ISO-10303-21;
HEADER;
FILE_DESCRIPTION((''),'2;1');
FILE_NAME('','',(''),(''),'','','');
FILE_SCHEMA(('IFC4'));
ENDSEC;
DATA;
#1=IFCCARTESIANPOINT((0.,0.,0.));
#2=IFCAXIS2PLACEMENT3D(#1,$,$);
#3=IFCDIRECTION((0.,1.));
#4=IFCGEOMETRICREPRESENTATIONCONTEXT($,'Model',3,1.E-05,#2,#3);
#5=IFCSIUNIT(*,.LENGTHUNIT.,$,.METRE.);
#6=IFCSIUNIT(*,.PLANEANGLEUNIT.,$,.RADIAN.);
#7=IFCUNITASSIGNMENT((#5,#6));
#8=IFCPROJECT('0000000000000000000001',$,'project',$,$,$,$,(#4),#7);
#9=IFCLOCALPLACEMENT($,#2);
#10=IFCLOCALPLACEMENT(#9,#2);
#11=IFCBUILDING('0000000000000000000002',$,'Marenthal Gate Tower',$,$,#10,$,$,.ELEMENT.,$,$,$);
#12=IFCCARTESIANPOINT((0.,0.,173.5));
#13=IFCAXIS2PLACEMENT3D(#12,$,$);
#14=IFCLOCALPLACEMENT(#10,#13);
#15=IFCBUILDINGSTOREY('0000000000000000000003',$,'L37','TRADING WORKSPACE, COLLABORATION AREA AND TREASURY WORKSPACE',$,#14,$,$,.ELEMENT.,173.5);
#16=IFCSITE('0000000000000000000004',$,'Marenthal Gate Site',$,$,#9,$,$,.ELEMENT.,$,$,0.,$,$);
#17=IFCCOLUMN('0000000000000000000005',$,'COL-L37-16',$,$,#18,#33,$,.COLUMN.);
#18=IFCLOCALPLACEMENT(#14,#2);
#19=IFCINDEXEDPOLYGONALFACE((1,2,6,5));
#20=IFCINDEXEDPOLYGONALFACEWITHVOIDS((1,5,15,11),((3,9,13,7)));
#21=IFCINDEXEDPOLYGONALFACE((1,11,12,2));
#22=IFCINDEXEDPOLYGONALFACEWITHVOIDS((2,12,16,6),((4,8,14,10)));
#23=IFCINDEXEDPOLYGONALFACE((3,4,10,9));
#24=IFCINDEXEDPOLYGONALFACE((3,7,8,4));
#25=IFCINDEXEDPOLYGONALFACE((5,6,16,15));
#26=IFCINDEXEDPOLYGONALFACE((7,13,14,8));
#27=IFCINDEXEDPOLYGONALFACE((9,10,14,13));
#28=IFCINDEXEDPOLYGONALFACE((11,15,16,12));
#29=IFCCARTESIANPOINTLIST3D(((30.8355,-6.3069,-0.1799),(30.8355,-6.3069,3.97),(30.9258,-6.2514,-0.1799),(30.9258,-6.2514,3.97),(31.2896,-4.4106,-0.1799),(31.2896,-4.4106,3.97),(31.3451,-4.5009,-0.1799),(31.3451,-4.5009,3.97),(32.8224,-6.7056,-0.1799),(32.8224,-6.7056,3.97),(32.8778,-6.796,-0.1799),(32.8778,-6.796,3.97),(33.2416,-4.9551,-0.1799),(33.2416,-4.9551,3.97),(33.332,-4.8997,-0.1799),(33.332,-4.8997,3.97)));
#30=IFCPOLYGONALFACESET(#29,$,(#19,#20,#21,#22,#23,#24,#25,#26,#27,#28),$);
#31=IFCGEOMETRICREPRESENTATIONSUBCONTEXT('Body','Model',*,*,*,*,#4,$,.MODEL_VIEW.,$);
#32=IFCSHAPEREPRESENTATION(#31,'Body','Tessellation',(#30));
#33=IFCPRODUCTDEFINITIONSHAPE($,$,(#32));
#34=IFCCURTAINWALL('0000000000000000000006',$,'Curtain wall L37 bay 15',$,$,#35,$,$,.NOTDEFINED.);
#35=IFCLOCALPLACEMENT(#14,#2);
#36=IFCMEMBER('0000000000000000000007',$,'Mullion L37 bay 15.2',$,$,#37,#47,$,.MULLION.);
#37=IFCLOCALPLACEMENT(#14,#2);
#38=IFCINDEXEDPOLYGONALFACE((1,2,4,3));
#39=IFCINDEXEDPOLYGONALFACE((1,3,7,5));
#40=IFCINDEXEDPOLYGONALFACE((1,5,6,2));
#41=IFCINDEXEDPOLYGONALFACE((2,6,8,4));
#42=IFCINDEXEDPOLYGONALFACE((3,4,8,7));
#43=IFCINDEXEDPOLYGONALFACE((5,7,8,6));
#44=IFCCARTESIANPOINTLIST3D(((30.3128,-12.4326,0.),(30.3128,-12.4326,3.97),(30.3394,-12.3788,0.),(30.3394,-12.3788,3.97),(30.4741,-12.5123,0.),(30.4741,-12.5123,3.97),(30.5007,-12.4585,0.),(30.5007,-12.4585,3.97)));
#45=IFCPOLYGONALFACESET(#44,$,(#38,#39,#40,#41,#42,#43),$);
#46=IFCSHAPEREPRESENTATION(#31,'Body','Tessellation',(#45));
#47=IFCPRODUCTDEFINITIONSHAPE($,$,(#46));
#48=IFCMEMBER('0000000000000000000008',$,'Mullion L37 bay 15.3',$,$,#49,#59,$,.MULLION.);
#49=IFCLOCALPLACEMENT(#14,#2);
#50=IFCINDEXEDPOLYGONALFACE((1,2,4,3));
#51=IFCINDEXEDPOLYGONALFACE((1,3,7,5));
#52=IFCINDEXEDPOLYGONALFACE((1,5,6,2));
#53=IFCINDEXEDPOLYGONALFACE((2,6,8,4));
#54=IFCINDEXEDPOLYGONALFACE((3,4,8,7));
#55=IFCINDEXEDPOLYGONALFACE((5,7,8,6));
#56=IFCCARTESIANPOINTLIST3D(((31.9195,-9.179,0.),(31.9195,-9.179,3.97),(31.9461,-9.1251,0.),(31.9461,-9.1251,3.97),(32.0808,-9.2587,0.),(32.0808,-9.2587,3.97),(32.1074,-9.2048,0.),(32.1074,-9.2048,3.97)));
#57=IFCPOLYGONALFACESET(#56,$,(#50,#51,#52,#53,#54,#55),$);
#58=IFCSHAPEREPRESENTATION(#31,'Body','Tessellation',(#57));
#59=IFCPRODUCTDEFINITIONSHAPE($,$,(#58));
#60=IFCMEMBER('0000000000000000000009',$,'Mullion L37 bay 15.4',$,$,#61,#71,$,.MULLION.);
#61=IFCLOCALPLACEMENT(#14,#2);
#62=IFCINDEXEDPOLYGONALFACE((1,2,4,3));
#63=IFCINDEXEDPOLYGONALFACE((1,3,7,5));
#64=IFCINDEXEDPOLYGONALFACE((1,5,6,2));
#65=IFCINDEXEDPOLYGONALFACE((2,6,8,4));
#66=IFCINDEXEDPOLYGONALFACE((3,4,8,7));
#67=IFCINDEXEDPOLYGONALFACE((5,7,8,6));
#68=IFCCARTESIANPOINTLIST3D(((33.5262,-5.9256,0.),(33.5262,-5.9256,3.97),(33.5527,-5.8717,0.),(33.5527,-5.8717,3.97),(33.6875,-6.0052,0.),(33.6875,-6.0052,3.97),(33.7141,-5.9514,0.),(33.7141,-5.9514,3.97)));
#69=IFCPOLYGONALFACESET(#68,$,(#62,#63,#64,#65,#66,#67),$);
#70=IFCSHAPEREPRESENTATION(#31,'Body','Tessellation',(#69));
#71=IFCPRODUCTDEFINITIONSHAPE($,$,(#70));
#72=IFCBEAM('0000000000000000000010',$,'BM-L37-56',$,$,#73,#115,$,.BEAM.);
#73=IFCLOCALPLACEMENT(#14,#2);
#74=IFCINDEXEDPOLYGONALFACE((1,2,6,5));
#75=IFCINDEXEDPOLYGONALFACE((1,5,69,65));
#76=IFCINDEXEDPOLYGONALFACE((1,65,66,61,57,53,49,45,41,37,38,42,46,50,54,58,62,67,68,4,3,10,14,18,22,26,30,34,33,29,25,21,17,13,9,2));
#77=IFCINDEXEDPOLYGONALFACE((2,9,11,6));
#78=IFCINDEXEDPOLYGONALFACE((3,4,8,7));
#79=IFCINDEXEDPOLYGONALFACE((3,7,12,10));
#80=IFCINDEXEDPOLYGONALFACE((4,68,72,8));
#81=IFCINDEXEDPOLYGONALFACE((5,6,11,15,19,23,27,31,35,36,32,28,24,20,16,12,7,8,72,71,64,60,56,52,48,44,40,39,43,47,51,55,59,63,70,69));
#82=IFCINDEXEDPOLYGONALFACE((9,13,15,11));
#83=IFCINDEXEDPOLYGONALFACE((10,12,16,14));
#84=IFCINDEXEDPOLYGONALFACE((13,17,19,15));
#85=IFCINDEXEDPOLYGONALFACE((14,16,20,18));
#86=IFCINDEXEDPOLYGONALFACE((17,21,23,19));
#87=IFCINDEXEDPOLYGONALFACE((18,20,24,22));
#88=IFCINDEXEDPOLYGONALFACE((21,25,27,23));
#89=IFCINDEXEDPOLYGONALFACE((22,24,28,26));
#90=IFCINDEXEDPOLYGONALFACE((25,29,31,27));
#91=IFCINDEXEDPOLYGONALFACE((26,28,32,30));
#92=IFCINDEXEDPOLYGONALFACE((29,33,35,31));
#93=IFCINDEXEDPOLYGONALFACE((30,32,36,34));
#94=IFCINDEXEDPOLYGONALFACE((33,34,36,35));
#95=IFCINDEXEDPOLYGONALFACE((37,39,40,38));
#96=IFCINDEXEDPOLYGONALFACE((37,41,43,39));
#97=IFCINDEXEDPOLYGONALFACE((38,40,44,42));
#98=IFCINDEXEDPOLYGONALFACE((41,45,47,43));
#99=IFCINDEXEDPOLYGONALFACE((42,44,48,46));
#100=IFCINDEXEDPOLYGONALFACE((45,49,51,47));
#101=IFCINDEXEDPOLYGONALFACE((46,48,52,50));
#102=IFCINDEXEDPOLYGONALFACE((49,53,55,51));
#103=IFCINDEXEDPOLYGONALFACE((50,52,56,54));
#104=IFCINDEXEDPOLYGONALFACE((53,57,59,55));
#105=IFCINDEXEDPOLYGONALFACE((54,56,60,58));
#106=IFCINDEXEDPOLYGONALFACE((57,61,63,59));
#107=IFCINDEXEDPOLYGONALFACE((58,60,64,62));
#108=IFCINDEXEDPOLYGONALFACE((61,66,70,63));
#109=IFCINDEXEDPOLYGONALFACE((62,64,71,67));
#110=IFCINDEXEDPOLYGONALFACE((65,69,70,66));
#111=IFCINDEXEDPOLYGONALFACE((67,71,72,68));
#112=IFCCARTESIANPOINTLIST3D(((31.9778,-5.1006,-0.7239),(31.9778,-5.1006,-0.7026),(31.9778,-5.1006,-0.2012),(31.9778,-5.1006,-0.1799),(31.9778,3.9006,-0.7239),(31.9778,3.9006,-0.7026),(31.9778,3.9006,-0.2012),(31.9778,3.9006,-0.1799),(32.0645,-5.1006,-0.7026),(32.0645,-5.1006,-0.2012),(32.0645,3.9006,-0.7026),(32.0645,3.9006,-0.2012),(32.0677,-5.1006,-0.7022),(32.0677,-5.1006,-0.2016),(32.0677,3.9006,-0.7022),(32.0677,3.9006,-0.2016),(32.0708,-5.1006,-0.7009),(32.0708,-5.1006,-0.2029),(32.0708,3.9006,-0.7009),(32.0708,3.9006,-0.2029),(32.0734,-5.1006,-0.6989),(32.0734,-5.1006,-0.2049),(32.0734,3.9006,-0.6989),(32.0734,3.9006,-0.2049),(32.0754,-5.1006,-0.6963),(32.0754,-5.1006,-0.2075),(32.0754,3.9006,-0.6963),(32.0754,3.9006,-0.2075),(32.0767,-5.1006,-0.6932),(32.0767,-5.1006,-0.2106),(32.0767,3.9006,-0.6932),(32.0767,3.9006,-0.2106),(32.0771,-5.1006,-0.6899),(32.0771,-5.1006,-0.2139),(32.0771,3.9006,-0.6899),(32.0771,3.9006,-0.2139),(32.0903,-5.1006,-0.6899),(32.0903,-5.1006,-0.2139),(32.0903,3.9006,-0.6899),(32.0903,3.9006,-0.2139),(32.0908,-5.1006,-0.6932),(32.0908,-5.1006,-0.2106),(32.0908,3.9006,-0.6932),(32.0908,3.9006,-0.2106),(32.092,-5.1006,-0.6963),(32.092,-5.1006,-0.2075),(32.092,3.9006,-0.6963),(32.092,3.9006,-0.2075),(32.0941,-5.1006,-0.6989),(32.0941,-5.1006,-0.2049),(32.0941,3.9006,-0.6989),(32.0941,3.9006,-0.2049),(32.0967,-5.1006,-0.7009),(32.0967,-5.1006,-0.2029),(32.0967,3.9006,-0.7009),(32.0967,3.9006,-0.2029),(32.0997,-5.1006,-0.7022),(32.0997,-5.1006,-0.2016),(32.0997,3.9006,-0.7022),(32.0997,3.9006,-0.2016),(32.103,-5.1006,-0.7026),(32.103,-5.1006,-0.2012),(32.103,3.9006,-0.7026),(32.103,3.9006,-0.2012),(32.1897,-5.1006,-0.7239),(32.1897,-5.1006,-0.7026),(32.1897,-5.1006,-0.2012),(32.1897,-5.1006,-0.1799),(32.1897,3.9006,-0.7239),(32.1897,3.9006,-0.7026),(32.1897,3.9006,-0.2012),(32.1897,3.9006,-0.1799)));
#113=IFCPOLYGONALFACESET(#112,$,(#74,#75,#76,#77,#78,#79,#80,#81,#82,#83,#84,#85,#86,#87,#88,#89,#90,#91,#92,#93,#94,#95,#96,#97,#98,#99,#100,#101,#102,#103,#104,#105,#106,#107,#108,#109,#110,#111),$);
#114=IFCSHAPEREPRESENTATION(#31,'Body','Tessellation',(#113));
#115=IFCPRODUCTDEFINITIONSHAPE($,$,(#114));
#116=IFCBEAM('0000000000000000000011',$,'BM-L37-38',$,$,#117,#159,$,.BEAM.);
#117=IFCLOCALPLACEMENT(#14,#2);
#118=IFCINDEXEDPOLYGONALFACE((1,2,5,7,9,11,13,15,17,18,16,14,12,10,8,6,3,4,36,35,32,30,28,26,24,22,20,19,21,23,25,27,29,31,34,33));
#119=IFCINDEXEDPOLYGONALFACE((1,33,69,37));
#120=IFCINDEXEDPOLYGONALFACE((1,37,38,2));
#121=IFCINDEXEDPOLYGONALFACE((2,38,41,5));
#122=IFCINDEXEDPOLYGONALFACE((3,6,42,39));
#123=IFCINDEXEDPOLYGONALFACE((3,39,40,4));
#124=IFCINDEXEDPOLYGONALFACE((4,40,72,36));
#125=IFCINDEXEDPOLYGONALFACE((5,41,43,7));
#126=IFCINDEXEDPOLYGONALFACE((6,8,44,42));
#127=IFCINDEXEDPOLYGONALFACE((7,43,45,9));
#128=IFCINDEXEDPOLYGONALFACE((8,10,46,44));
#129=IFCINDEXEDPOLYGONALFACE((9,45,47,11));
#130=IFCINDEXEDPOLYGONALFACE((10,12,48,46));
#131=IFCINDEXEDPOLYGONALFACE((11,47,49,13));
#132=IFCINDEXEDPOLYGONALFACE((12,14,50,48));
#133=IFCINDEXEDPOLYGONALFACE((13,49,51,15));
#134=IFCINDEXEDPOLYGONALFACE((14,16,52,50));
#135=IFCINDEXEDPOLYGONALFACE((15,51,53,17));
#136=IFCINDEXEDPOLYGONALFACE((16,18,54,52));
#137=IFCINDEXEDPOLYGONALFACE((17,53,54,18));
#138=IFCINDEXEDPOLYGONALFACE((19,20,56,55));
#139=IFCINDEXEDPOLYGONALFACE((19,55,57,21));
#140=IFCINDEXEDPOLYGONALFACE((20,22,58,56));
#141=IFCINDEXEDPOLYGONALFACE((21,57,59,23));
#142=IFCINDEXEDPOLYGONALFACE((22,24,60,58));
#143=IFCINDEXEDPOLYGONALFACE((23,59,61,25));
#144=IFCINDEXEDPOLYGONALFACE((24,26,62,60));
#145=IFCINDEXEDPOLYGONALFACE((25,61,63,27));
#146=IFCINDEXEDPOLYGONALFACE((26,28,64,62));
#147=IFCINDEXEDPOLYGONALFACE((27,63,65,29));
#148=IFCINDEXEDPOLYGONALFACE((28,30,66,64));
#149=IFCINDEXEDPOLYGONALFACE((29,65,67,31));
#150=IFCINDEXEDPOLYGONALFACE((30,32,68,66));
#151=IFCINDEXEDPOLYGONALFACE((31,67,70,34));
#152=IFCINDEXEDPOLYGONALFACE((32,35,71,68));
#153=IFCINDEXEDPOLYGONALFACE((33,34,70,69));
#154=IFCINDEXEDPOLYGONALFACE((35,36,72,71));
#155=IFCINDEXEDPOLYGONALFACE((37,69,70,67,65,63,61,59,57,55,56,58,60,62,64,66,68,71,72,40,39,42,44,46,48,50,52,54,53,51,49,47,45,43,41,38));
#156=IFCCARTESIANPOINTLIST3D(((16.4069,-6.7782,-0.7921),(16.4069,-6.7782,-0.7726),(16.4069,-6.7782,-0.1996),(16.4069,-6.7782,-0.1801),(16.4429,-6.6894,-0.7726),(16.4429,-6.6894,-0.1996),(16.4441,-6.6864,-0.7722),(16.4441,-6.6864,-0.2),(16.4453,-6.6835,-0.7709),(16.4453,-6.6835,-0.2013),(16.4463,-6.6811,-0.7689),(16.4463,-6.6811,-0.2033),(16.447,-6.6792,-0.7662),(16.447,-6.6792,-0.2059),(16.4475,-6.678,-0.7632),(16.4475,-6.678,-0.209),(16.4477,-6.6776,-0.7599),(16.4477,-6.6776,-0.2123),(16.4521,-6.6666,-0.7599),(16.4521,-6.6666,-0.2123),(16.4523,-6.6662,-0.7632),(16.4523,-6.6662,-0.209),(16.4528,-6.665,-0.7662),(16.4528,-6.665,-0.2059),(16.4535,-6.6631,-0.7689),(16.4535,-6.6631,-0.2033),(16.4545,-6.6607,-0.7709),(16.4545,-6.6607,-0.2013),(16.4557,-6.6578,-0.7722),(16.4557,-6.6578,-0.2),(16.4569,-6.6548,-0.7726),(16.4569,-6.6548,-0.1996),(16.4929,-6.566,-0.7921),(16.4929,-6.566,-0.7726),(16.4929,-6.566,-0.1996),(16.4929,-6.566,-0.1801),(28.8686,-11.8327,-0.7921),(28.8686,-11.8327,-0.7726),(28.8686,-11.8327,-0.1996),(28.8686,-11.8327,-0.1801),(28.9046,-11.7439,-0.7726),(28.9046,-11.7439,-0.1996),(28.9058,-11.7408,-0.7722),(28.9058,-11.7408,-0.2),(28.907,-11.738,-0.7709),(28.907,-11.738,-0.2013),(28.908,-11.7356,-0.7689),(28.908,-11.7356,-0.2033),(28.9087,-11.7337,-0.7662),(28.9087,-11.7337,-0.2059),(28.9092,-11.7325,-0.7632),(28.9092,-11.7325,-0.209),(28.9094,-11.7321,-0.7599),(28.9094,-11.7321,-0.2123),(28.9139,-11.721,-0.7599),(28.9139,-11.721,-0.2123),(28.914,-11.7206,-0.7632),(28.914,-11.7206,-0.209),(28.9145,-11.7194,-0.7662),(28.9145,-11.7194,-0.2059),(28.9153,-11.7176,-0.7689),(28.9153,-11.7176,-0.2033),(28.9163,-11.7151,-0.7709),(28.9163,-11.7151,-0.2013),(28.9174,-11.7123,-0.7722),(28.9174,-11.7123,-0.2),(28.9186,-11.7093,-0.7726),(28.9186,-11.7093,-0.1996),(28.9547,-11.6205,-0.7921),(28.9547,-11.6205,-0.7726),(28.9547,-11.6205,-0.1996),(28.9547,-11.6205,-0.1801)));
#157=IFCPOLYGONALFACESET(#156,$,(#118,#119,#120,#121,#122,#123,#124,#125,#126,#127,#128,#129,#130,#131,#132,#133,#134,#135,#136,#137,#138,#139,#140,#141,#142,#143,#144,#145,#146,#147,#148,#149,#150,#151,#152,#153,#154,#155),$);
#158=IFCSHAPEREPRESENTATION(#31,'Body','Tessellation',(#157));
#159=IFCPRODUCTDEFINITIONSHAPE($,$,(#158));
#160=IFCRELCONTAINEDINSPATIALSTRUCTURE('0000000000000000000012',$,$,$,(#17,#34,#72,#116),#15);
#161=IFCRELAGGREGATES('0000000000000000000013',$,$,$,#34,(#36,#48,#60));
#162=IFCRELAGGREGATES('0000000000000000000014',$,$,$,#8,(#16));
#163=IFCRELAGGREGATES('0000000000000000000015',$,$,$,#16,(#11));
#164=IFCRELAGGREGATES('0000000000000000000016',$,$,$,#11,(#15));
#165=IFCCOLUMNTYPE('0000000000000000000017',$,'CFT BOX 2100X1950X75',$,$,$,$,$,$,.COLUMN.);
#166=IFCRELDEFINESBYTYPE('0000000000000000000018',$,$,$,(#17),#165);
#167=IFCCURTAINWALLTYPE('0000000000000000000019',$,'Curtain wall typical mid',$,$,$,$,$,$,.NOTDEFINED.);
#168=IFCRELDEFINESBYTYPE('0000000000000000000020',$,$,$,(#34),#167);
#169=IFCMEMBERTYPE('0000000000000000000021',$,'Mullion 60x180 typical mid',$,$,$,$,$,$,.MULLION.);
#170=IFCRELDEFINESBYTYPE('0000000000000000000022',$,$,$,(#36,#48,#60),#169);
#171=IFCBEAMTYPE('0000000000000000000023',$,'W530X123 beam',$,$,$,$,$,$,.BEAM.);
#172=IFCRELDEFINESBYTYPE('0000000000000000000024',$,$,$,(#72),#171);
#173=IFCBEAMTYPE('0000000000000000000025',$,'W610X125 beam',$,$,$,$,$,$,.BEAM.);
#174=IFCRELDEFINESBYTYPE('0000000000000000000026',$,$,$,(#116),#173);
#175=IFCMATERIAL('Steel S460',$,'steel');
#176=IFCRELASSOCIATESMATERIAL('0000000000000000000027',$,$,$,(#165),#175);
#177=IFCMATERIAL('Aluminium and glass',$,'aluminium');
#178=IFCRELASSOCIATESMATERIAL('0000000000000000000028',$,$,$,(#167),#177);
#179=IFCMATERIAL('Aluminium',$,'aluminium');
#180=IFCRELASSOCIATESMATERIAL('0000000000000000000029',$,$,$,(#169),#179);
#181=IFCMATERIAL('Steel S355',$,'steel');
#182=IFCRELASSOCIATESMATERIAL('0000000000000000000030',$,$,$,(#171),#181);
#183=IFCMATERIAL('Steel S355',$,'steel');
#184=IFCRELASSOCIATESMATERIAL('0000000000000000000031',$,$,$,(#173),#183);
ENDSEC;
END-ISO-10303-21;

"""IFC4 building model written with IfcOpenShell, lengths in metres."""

from ifc_helpers import new_model, si_unit, direction, frame, origin, origin_2d, place, context, subcontext, project, spatial, rectangle, hollow_rectangle, i_section, extrude, material, material_profile, profile_set, type_object, element, aggregate, save


model = new_model("IFC4")

# Units and contexts
model_context = context("Model", 3, precision=1e-05, world=origin(), true_north=direction((0.0, 1.0)))
body_context = subcontext(model_context, "Body", "Model", "MODEL_VIEW")
ifc_project = project(units=[si_unit("LENGTHUNIT", "METRE"), si_unit("PLANEANGLEUNIT", "RADIAN")], contexts=[model_context])

# Site, building, storey
site_placement = place(None, origin())
site = spatial("IfcSite", under=ifc_project, at=site_placement, Name="Marenthal Gate Site", CompositionType="ELEMENT", RefElevation=0.0)
building_placement = place(site_placement, origin())
building = spatial("IfcBuilding", under=site, at=building_placement, Name="Marenthal Gate Tower", CompositionType="ELEMENT")
storey_placement = place(building_placement, frame((0.0, 0.0, 173.5)))
storey = spatial("IfcBuildingStorey", under=building, at=storey_placement, Name="L37", Description="TRADING WORKSPACE, COLLABORATION AREA AND TREASURY WORKSPACE", CompositionType="ELEMENT", Elevation=173.5)

# Column
ifc_material_1 = material(Name="Steel S460", Category="steel")
ifc_material_profile_1 = material_profile(ifc_material_1, hollow_rectangle(XDim=1.95, YDim=2.1001, WallThickness=0.075, at=origin_2d()), Name="CFT BOX 2100X1950X75")
ifc_material_2 = material(Name="Concrete 70 MPa", Category="concrete")
ifc_material_profile_2 = material_profile(ifc_material_2, rectangle(XDim=1.8, YDim=1.95, at=origin_2d()), Name="CFT BOX 2100X1950X75 INFILL")
ifc_profile_set_1 = profile_set([ifc_material_profile_1, ifc_material_profile_2], Name="Steel S460 shell, Concrete 70 MPa infill")
column_type = type_object("IfcColumnType", Name="CFT BOX 2100X1950X75", PredefinedType="COLUMN", material=ifc_profile_set_1)
column_placement = place(storey_placement, frame((32.0837, -5.6033, -0.1799), z_axis=(0.0, 0.0, 1.0), x_axis=(-0.232899, -0.972501, 0.0)))
element("IfcColumn", 1, at=column_placement, inside=storey, type_object=column_type, Name="COL-L37-16", PredefinedType="COLUMN", context=body_context, shape_type="SweptSolid", body=[
    extrude(hollow_rectangle(XDim=1.95, YDim=2.1001, WallThickness=0.075, at=origin_2d()), origin(), (0.0, 0.0, 1.0), 4.1499),
])

# Curtain wall, members
ifc_material_3 = material(Name="Aluminium and glass", Category="aluminium")
curtain_wall_type = type_object("IfcCurtainWallType", Name="Curtain wall typical mid", PredefinedType="NOTDEFINED", material=ifc_material_3)
curtain_wall_placement = place(storey_placement, origin())
curtain_wall = element("IfcCurtainWall", 2, at=curtain_wall_placement, inside=storey, type_object=curtain_wall_type, Name="Curtain wall L37 bay 15", PredefinedType="NOTDEFINED")
ifc_material_4 = material(Name="Aluminium", Category="aluminium")
ifc_material_profile_3 = material_profile(ifc_material_4, rectangle(XDim=0.1799, YDim=0.0601, at=origin_2d()), Name="60x180 aluminium mullion")
ifc_profile_set_2 = profile_set([ifc_material_profile_3], Name="Aluminium")
member_type = type_object("IfcMemberType", Name="Mullion 60x180 typical mid", PredefinedType="MULLION", material=ifc_profile_set_2)
member_1_placement = place(storey_placement, frame((30.4067, -12.4456, 0.0), z_axis=(0.0, 0.0, 1.0), x_axis=(-0.896643, 0.442753, 0.0)))
member_1 = element("IfcMember", 3, at=member_1_placement, type_object=member_type, Name="Mullion L37 bay 15.2", PredefinedType="MULLION", context=body_context, shape_type="SweptSolid", body=[
    extrude(rectangle(XDim=0.1799, YDim=0.0601, at=origin_2d()), origin(), (0.0, 0.0, 1.0), 3.97),
])
member_2_placement = place(storey_placement, frame((32.0134, -9.1919, 0.0), z_axis=(0.0, 0.0, 1.0), x_axis=(-0.896643, 0.442753, 0.0)))
member_2 = element("IfcMember", 4, at=member_2_placement, type_object=member_type, Name="Mullion L37 bay 15.3", PredefinedType="MULLION", context=body_context, shape_type="SweptSolid", body=[
    extrude(rectangle(XDim=0.1799, YDim=0.0601, at=origin_2d()), origin(), (0.0, 0.0, 1.0), 3.97),
])
member_3_placement = place(storey_placement, frame((33.6201, -5.9385, 0.0), z_axis=(0.0, 0.0, 1.0), x_axis=(-0.896643, 0.442753, 0.0)))
member_3 = element("IfcMember", 5, at=member_3_placement, type_object=member_type, Name="Mullion L37 bay 15.4", PredefinedType="MULLION", context=body_context, shape_type="SweptSolid", body=[
    extrude(rectangle(XDim=0.1799, YDim=0.0601, at=origin_2d()), origin(), (0.0, 0.0, 1.0), 3.97),
])

# Beams
ifc_material_5 = material(Name="Steel S355", Category="steel")
ifc_material_profile_4 = material_profile(ifc_material_5, i_section(OverallWidth=0.2119, OverallDepth=0.5439, WebThickness=0.0132, FlangeThickness=0.0212, FilletRadius=0.0127, at=origin_2d()), Name="W530X123")
ifc_profile_set_3 = profile_set([ifc_material_profile_4], Name="Steel S355")
beam_type_1 = type_object("IfcBeamType", Name="W530X123 beam", PredefinedType="BEAM", material=ifc_profile_set_3)
beam_1_placement = place(storey_placement, frame((32.0837, -5.1006, -0.4519), z_axis=(0.0, 1.0, 0.0), x_axis=(-1.0, 0.0, 0.0)))
element("IfcBeam", 6, at=beam_1_placement, inside=storey, type_object=beam_type_1, Name="BM-L37-56", PredefinedType="BEAM", context=body_context, shape_type="SweptSolid", body=[
    extrude(i_section(OverallWidth=0.2119, OverallDepth=0.5439, WebThickness=0.0132, FlangeThickness=0.0212, FilletRadius=0.0127, at=origin_2d()), origin(), (0.0, 0.0, 1.0), 9.0012),
])
ifc_material_6 = material(Name="Steel S355", Category="steel")
ifc_material_profile_5 = material_profile(ifc_material_6, i_section(OverallWidth=0.229, OverallDepth=0.6121, WebThickness=0.012, FlangeThickness=0.0195, FilletRadius=0.0127, at=origin_2d()), Name="W610X125")
ifc_profile_set_4 = profile_set([ifc_material_profile_5], Name="Steel S355")
beam_type_2 = type_object("IfcBeamType", Name="W610X125 beam", PredefinedType="BEAM", material=ifc_profile_set_4)
beam_2_placement = place(storey_placement, frame((28.9116, -11.7266, -0.4861), z_axis=(-0.926677, 0.375859, 0.0), x_axis=(-0.375859, -0.926677, 0.0)))
element("IfcBeam", 7, at=beam_2_placement, inside=storey, type_object=beam_type_2, Name="BM-L37-38", PredefinedType="BEAM", context=body_context, shape_type="SweptSolid", body=[
    extrude(i_section(OverallWidth=0.229, OverallDepth=0.6121, WebThickness=0.012, FlangeThickness=0.0195, FilletRadius=0.0127, at=origin_2d()), origin(), (0.0, 0.0, 1.0), 13.4478),
])

aggregate(curtain_wall, [member_1, member_2, member_3])

save(model, "model.ifc")
